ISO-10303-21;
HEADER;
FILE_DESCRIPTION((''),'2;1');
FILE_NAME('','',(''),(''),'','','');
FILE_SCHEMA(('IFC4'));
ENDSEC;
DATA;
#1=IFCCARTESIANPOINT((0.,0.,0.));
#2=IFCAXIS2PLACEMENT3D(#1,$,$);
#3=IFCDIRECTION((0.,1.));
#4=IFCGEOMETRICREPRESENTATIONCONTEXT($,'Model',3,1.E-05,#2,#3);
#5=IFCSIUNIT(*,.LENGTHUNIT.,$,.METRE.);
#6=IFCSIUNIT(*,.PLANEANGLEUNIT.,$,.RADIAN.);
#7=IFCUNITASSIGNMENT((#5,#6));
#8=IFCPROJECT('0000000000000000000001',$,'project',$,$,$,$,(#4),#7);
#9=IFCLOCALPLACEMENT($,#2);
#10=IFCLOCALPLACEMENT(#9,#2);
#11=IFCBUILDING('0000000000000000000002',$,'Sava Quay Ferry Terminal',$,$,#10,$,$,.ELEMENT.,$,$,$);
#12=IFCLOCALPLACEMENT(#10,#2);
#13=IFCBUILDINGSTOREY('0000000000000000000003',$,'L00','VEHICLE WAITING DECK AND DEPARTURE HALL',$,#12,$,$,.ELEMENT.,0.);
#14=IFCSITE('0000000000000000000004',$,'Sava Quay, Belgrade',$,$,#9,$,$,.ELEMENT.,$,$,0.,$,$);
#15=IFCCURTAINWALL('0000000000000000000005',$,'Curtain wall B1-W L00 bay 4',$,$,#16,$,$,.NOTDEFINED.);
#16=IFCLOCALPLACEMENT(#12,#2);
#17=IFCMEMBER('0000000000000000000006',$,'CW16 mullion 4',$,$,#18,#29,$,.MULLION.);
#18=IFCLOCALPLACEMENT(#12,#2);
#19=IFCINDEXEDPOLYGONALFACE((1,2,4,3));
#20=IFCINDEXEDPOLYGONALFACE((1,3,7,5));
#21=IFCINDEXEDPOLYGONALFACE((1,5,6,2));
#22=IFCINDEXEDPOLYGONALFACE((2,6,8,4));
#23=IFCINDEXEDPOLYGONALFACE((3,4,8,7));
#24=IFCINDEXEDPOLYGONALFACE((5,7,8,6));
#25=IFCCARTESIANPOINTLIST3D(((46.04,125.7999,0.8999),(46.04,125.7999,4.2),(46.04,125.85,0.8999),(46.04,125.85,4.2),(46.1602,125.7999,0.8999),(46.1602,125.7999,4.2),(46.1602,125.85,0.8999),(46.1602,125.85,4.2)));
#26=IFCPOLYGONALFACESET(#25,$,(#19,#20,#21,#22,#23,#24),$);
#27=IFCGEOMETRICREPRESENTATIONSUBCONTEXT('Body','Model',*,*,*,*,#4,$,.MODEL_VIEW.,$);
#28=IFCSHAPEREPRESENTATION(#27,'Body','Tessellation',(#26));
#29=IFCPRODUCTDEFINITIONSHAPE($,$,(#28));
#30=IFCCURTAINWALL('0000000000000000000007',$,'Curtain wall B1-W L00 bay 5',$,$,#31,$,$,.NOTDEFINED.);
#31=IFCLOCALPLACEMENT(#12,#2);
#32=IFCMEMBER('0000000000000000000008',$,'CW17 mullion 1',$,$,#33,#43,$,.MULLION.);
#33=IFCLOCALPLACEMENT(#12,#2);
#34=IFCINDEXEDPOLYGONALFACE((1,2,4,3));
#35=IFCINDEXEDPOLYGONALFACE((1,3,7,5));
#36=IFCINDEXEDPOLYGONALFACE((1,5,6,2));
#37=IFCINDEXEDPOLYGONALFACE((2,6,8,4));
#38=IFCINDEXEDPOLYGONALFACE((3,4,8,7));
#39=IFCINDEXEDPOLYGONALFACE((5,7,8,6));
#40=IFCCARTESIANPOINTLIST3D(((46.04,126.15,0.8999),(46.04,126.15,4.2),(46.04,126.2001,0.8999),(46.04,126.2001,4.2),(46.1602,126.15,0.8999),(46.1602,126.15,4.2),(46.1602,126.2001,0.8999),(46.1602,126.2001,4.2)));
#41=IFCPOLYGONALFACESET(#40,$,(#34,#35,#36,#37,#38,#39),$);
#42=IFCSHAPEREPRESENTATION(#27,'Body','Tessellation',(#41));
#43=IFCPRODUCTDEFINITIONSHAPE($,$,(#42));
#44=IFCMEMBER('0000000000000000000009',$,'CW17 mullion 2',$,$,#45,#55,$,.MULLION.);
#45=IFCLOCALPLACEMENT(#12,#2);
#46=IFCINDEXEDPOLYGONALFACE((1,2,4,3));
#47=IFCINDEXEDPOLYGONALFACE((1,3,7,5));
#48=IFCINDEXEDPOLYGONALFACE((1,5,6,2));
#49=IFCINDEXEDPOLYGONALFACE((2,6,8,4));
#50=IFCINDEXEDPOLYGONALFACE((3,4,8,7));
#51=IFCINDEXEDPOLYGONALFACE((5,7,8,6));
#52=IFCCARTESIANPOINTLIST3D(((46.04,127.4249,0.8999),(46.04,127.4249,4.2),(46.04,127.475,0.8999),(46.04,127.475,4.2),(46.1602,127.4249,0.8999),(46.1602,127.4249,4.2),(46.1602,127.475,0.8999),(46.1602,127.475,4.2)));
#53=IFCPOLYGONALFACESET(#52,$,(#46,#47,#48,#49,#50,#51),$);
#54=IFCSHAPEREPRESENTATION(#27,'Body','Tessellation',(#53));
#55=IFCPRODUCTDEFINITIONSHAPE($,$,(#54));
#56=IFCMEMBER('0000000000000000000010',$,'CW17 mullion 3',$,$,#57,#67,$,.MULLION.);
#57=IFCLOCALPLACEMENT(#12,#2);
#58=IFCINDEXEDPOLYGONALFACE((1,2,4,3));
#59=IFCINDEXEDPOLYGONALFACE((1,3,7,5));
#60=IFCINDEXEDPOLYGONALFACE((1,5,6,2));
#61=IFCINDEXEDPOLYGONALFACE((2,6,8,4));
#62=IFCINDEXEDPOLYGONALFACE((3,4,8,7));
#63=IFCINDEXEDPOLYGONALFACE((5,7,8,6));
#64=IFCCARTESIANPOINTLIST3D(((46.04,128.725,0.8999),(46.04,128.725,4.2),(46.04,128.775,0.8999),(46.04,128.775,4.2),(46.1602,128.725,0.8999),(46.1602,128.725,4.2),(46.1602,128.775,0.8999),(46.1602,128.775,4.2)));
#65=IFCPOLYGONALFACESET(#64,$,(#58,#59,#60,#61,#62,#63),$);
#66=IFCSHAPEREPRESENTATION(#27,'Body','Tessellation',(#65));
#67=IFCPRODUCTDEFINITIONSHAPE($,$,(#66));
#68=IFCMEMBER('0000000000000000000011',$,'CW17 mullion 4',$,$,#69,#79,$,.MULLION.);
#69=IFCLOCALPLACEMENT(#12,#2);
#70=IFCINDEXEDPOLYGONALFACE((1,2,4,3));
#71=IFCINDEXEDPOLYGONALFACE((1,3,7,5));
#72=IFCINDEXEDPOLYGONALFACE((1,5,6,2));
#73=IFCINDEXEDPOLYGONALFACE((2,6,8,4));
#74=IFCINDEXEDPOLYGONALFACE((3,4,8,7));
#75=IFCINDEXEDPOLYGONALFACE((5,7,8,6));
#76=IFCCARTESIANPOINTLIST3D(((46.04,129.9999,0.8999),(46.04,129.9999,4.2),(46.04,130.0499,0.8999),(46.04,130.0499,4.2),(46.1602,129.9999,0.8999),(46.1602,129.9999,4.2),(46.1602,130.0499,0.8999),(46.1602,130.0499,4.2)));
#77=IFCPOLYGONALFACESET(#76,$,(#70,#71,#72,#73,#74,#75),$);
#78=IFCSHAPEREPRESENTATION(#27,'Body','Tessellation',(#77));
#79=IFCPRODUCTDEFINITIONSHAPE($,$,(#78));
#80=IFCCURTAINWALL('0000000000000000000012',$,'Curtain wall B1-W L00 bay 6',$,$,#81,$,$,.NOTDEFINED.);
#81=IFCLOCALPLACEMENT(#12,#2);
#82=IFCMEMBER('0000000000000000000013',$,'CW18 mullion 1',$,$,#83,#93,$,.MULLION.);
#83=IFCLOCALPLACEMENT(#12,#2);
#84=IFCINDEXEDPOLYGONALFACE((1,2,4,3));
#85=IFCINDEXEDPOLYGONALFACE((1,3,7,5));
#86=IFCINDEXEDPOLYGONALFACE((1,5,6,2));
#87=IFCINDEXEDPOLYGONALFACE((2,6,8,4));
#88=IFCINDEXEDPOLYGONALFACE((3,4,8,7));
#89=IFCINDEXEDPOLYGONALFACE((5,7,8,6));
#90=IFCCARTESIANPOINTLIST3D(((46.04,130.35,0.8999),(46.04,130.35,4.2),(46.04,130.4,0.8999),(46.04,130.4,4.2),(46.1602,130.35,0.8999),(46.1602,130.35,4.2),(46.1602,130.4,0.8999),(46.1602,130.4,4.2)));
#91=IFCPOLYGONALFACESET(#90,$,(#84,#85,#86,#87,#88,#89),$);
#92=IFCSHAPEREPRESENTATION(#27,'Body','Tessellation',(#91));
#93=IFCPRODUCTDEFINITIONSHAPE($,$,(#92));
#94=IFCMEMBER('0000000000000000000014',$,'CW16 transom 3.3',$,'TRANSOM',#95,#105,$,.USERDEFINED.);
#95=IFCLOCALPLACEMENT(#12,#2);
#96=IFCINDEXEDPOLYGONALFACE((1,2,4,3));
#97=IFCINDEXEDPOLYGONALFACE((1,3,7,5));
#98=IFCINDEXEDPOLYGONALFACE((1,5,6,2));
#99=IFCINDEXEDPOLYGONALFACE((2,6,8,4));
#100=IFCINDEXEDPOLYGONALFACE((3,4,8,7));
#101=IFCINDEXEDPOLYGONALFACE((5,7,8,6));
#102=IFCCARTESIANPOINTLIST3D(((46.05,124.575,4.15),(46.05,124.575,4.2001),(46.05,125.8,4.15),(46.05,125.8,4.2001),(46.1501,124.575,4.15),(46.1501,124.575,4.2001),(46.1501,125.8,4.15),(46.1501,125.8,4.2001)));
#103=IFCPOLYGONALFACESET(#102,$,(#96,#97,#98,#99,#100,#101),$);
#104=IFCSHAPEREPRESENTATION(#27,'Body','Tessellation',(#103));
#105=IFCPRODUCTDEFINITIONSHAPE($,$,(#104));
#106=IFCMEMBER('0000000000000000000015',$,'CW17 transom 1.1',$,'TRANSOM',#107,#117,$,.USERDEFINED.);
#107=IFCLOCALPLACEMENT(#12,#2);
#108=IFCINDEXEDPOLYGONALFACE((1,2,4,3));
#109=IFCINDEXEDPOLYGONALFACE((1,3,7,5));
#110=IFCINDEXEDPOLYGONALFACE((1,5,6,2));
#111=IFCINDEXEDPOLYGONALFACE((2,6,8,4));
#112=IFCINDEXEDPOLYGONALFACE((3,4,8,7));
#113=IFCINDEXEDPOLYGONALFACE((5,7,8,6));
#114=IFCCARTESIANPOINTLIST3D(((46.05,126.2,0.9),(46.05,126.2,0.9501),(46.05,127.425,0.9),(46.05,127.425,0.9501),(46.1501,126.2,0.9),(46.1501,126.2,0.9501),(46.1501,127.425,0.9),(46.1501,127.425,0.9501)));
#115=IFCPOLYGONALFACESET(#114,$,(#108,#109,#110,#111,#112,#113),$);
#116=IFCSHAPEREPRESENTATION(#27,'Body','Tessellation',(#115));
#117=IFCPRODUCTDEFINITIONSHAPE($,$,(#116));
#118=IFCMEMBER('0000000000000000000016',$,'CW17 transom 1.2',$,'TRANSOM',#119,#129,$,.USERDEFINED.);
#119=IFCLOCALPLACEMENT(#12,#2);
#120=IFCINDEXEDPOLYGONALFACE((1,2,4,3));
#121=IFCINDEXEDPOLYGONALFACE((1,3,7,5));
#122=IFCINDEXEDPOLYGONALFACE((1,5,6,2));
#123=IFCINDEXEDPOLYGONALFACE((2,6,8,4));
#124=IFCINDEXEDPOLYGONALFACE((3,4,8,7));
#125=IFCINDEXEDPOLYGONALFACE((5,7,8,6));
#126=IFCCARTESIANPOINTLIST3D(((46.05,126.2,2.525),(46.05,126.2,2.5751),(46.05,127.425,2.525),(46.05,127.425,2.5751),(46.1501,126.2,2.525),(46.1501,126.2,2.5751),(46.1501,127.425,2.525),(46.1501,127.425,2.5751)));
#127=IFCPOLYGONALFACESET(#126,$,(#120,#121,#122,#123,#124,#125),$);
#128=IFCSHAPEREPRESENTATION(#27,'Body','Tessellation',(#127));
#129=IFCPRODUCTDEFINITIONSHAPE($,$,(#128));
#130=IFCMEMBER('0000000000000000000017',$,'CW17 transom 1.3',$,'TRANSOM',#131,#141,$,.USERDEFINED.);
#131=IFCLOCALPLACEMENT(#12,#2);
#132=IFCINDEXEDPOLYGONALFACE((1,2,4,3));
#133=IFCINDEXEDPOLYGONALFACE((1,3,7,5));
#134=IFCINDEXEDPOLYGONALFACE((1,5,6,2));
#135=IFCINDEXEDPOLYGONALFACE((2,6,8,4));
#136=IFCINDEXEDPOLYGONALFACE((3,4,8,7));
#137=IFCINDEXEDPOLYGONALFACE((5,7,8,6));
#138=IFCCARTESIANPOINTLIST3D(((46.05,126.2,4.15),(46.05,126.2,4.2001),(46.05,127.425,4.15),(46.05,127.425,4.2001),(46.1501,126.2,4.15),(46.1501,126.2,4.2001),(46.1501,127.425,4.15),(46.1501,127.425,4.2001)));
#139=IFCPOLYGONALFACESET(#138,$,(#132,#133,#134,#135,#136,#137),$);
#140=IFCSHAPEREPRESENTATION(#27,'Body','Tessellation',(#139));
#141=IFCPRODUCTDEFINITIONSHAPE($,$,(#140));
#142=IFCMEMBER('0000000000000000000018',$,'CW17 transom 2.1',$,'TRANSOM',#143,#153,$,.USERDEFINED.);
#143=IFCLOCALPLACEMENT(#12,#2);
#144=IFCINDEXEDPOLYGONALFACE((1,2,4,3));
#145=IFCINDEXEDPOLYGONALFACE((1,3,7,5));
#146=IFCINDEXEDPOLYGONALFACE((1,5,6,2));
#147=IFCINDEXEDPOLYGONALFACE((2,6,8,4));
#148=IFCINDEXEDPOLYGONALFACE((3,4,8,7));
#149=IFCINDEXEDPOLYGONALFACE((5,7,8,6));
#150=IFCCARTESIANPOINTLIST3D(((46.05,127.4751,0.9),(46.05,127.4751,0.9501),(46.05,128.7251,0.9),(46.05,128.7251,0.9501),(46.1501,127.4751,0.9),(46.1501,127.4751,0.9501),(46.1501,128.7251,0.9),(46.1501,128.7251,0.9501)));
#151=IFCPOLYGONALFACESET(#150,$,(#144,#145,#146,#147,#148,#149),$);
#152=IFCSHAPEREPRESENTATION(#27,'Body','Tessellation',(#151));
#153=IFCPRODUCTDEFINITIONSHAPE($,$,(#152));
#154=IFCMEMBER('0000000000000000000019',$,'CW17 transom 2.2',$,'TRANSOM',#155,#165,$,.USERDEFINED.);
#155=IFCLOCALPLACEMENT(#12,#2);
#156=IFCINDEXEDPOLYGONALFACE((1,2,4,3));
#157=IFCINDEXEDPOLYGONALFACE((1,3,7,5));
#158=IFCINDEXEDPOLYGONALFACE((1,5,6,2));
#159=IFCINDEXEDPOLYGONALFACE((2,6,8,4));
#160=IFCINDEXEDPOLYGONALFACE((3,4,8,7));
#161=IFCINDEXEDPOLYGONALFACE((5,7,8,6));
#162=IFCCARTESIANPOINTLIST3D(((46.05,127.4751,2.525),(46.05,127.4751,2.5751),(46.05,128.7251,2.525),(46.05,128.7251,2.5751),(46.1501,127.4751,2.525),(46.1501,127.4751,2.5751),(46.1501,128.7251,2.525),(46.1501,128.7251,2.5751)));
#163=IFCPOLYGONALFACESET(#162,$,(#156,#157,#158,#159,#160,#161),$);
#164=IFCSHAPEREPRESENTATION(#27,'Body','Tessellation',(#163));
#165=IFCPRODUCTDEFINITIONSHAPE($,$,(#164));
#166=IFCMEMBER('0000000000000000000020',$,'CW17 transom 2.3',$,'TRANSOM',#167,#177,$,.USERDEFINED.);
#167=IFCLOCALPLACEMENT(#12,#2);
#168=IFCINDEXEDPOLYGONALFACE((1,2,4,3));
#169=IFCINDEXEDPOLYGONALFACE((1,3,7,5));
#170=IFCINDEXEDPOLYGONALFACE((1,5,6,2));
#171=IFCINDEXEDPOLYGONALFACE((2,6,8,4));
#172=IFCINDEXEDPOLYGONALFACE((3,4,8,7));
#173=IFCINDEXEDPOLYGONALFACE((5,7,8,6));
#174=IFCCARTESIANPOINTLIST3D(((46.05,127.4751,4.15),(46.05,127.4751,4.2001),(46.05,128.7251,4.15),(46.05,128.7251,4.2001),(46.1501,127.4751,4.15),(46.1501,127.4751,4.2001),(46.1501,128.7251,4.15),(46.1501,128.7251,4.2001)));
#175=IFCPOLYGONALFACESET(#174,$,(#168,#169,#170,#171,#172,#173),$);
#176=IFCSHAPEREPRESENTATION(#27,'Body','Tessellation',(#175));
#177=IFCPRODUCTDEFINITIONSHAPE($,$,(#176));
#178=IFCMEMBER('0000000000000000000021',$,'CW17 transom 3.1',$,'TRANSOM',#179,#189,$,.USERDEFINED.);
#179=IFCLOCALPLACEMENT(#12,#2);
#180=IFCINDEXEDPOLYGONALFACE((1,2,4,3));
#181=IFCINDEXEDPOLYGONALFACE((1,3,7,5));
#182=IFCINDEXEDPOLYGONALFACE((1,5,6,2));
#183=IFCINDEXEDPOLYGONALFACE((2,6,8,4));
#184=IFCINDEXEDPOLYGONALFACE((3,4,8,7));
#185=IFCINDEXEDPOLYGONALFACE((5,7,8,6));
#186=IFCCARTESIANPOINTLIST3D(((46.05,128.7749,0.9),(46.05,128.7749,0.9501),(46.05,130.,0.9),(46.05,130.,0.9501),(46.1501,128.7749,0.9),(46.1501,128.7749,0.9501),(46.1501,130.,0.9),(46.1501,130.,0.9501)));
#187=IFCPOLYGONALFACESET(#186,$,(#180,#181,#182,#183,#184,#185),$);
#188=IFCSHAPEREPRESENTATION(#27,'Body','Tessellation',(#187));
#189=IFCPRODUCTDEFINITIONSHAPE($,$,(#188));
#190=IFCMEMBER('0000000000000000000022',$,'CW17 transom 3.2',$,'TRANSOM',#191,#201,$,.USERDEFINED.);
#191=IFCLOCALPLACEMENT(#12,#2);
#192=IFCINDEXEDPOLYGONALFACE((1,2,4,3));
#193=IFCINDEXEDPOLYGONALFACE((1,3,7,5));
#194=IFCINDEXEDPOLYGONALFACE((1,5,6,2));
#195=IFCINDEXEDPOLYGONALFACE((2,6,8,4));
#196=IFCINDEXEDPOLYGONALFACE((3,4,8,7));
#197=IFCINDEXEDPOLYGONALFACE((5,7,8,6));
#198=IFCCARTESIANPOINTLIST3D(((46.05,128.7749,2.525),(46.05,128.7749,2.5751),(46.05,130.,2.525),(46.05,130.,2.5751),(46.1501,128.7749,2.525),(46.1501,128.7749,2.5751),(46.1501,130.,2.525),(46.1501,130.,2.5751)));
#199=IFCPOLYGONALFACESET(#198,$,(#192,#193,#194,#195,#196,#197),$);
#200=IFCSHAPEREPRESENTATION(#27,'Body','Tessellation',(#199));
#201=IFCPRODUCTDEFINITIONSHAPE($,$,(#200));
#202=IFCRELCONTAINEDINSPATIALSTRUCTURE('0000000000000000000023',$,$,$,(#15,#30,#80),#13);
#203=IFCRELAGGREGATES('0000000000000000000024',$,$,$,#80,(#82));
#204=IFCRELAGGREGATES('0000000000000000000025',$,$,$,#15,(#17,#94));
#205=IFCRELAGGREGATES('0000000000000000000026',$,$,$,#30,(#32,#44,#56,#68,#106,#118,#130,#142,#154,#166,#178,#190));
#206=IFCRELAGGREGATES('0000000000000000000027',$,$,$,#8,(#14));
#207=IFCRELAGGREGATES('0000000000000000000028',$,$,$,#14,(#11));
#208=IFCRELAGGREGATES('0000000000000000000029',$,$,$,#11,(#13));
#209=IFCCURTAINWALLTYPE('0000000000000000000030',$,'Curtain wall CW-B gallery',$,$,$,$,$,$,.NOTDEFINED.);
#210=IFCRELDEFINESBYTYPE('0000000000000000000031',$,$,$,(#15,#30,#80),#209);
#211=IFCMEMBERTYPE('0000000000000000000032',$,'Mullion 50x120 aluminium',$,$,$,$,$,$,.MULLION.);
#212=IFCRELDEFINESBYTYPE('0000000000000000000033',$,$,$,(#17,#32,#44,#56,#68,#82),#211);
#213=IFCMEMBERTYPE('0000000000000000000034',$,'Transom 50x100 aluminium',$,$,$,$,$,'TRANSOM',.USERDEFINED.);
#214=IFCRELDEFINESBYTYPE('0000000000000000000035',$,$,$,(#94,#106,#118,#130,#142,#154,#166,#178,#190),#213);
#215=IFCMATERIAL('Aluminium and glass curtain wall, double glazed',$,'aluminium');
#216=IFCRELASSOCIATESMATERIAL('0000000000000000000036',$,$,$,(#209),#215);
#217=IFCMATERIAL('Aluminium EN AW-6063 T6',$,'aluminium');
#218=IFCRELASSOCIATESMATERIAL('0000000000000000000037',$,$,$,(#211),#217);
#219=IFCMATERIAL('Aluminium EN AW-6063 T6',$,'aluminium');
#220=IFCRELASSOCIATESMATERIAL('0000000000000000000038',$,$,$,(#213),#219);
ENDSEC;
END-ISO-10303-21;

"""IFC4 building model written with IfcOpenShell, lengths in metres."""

from ifc_helpers import new_model, si_unit, direction, frame, origin, origin_2d, place, context, subcontext, project, spatial, rectangle, extrude, material, material_profile, profile_set, type_object, element, aggregate, save


model = new_model("IFC4")

# Units and contexts
model_context = context("Model", 3, precision=1e-05, world=origin(), true_north=direction((0.0, 1.0)))
body_context = subcontext(model_context, "Body", "Model", "MODEL_VIEW")
ifc_project = project(units=[si_unit("LENGTHUNIT", "METRE"), si_unit("PLANEANGLEUNIT", "RADIAN")], contexts=[model_context])

# Site, building, storey
site_placement = place(None, origin())
site = spatial("IfcSite", under=ifc_project, at=site_placement, Name="Sava Quay, Belgrade", CompositionType="ELEMENT", RefElevation=0.0)
building_placement = place(site_placement, origin())
building = spatial("IfcBuilding", under=site, at=building_placement, Name="Sava Quay Ferry Terminal", CompositionType="ELEMENT")
storey_placement = place(building_placement, origin())
storey = spatial("IfcBuildingStorey", under=building, at=storey_placement, Name="L00", Description="VEHICLE WAITING DECK AND DEPARTURE HALL", CompositionType="ELEMENT", Elevation=0.0)

# Curtain wall, member
ifc_material_1 = material(Name="Aluminium and glass curtain wall, double glazed", Category="aluminium")
curtain_wall_type = type_object("IfcCurtainWallType", Name="Curtain wall CW-B gallery", PredefinedType="NOTDEFINED", material=ifc_material_1)
curtain_wall_1_placement = place(storey_placement, origin())
curtain_wall_1 = element("IfcCurtainWall", 1, at=curtain_wall_1_placement, inside=storey, type_object=curtain_wall_type, Name="Curtain wall B1-W L00 bay 4", PredefinedType="NOTDEFINED")
ifc_material_2 = material(Name="Aluminium EN AW-6063 T6", Category="aluminium")
ifc_material_profile_1 = material_profile(ifc_material_2, rectangle(XDim=0.1201, YDim=0.05, at=origin_2d()), Name="Mullion 50x120 aluminium")
ifc_profile_set_1 = profile_set([ifc_material_profile_1], Name="Aluminium EN AW-6063 T6")
member_type_1 = type_object("IfcMemberType", Name="Mullion 50x120 aluminium", PredefinedType="MULLION", material=ifc_profile_set_1)
member_1_placement = place(storey_placement, frame((46.1001, 125.825, 0.8999), z_axis=(0.0, 0.0, 1.0), x_axis=(-1.0, 0.0, 0.0)))
member_1 = element("IfcMember", 2, at=member_1_placement, type_object=member_type_1, Name="CW16 mullion 4", PredefinedType="MULLION", context=body_context, shape_type="SweptSolid", body=[
    extrude(rectangle(XDim=0.1201, YDim=0.05, at=origin_2d()), origin(), (0.0, 0.0, 1.0), 3.3),
])

# Curtain wall, members
curtain_wall_2_placement = place(storey_placement, origin())
curtain_wall_2 = element("IfcCurtainWall", 3, at=curtain_wall_2_placement, inside=storey, type_object=curtain_wall_type, Name="Curtain wall B1-W L00 bay 5", PredefinedType="NOTDEFINED")
member_2_placement = place(storey_placement, frame((46.1001, 126.175, 0.8999), z_axis=(0.0, 0.0, 1.0), x_axis=(-1.0, 0.0, 0.0)))
member_2 = element("IfcMember", 4, at=member_2_placement, type_object=member_type_1, Name="CW17 mullion 1", PredefinedType="MULLION", context=body_context, shape_type="SweptSolid", body=[
    extrude(rectangle(XDim=0.1201, YDim=0.05, at=origin_2d()), origin(), (0.0, 0.0, 1.0), 3.3),
])
member_3_placement = place(storey_placement, frame((46.1001, 127.45, 0.8999), z_axis=(0.0, 0.0, 1.0), x_axis=(-1.0, 0.0, 0.0)))
member_3 = element("IfcMember", 5, at=member_3_placement, type_object=member_type_1, Name="CW17 mullion 2", PredefinedType="MULLION", context=body_context, shape_type="SweptSolid", body=[
    extrude(rectangle(XDim=0.1201, YDim=0.05, at=origin_2d()), origin(), (0.0, 0.0, 1.0), 3.3),
])
member_4_placement = place(storey_placement, frame((46.1001, 128.75, 0.8999), z_axis=(0.0, 0.0, 1.0), x_axis=(-1.0, 0.0, 0.0)))
member_4 = element("IfcMember", 6, at=member_4_placement, type_object=member_type_1, Name="CW17 mullion 3", PredefinedType="MULLION", context=body_context, shape_type="SweptSolid", body=[
    extrude(rectangle(XDim=0.1201, YDim=0.05, at=origin_2d()), origin(), (0.0, 0.0, 1.0), 3.3),
])
member_5_placement = place(storey_placement, frame((46.1001, 130.0249, 0.8999), z_axis=(0.0, 0.0, 1.0), x_axis=(-1.0, 0.0, 0.0)))
member_5 = element("IfcMember", 7, at=member_5_placement, type_object=member_type_1, Name="CW17 mullion 4", PredefinedType="MULLION", context=body_context, shape_type="SweptSolid", body=[
    extrude(rectangle(XDim=0.1201, YDim=0.05, at=origin_2d()), origin(), (0.0, 0.0, 1.0), 3.3),
])

# Curtain wall, member
curtain_wall_3_placement = place(storey_placement, origin())
curtain_wall_3 = element("IfcCurtainWall", 8, at=curtain_wall_3_placement, inside=storey, type_object=curtain_wall_type, Name="Curtain wall B1-W L00 bay 6", PredefinedType="NOTDEFINED")
member_6_placement = place(storey_placement, frame((46.1001, 130.375, 0.8999), z_axis=(0.0, 0.0, 1.0), x_axis=(-1.0, 0.0, 0.0)))
member_6 = element("IfcMember", 9, at=member_6_placement, type_object=member_type_1, Name="CW18 mullion 1", PredefinedType="MULLION", context=body_context, shape_type="SweptSolid", body=[
    extrude(rectangle(XDim=0.1201, YDim=0.05, at=origin_2d()), origin(), (0.0, 0.0, 1.0), 3.3),
])

# Members
ifc_material_3 = material(Name="Aluminium EN AW-6063 T6", Category="aluminium")
ifc_material_profile_2 = material_profile(ifc_material_3, rectangle(XDim=0.1001, YDim=0.05, at=origin_2d()), Name="Transom 50x100 aluminium")
ifc_profile_set_2 = profile_set([ifc_material_profile_2], Name="Aluminium EN AW-6063 T6")
member_type_2 = type_object("IfcMemberType", Name="Transom 50x100 aluminium", ElementType="TRANSOM", PredefinedType="USERDEFINED", material=ifc_profile_set_2)
member_7_placement = place(storey_placement, frame((46.1001, 124.575, 4.175), z_axis=(0.0, 1.0, 0.0), x_axis=(-1.0, 0.0, 0.0)))
member_7 = element("IfcMember", 10, at=member_7_placement, type_object=member_type_2, Name="CW16 transom 3.3", ObjectType="TRANSOM", PredefinedType="USERDEFINED", context=body_context, shape_type="SweptSolid", body=[
    extrude(rectangle(XDim=0.1001, YDim=0.05, at=origin_2d()), origin(), (0.0, 0.0, 1.0), 1.2251),
])
member_8_placement = place(storey_placement, frame((46.1001, 126.2, 0.925), z_axis=(0.0, 1.0, 0.0), x_axis=(-1.0, 0.0, 0.0)))
member_8 = element("IfcMember", 11, at=member_8_placement, type_object=member_type_2, Name="CW17 transom 1.1", ObjectType="TRANSOM", PredefinedType="USERDEFINED", context=body_context, shape_type="SweptSolid", body=[
    extrude(rectangle(XDim=0.1001, YDim=0.05, at=origin_2d()), origin(), (0.0, 0.0, 1.0), 1.2251),
])
member_9_placement = place(storey_placement, frame((46.1001, 126.2, 2.55), z_axis=(0.0, 1.0, 0.0), x_axis=(-1.0, 0.0, 0.0)))
member_9 = element("IfcMember", 12, at=member_9_placement, type_object=member_type_2, Name="CW17 transom 1.2", ObjectType="TRANSOM", PredefinedType="USERDEFINED", context=body_context, shape_type="SweptSolid", body=[
    extrude(rectangle(XDim=0.1001, YDim=0.05, at=origin_2d()), origin(), (0.0, 0.0, 1.0), 1.2251),
])
member_10_placement = place(storey_placement, frame((46.1001, 126.2, 4.175), z_axis=(0.0, 1.0, 0.0), x_axis=(-1.0, 0.0, 0.0)))
member_10 = element("IfcMember", 13, at=member_10_placement, type_object=member_type_2, Name="CW17 transom 1.3", ObjectType="TRANSOM", PredefinedType="USERDEFINED", context=body_context, shape_type="SweptSolid", body=[
    extrude(rectangle(XDim=0.1001, YDim=0.05, at=origin_2d()), origin(), (0.0, 0.0, 1.0), 1.2251),
])
member_11_placement = place(storey_placement, frame((46.1001, 127.4751, 0.925), z_axis=(0.0, 1.0, 0.0), x_axis=(-1.0, 0.0, 0.0)))
member_11 = element("IfcMember", 14, at=member_11_placement, type_object=member_type_2, Name="CW17 transom 2.1", ObjectType="TRANSOM", PredefinedType="USERDEFINED", context=body_context, shape_type="SweptSolid", body=[
    extrude(rectangle(XDim=0.1001, YDim=0.05, at=origin_2d()), origin(), (0.0, 0.0, 1.0), 1.25),
])
member_12_placement = place(storey_placement, frame((46.1001, 127.4751, 2.55), z_axis=(0.0, 1.0, 0.0), x_axis=(-1.0, 0.0, 0.0)))
member_12 = element("IfcMember", 15, at=member_12_placement, type_object=member_type_2, Name="CW17 transom 2.2", ObjectType="TRANSOM", PredefinedType="USERDEFINED", context=body_context, shape_type="SweptSolid", body=[
    extrude(rectangle(XDim=0.1001, YDim=0.05, at=origin_2d()), origin(), (0.0, 0.0, 1.0), 1.25),
])
member_13_placement = place(storey_placement, frame((46.1001, 127.4751, 4.175), z_axis=(0.0, 1.0, 0.0), x_axis=(-1.0, 0.0, 0.0)))
member_13 = element("IfcMember", 16, at=member_13_placement, type_object=member_type_2, Name="CW17 transom 2.3", ObjectType="TRANSOM", PredefinedType="USERDEFINED", context=body_context, shape_type="SweptSolid", body=[
    extrude(rectangle(XDim=0.1001, YDim=0.05, at=origin_2d()), origin(), (0.0, 0.0, 1.0), 1.25),
])
member_14_placement = place(storey_placement, frame((46.1001, 128.7749, 0.925), z_axis=(0.0, 1.0, 0.0), x_axis=(-1.0, 0.0, 0.0)))
member_14 = element("IfcMember", 17, at=member_14_placement, type_object=member_type_2, Name="CW17 transom 3.1", ObjectType="TRANSOM", PredefinedType="USERDEFINED", context=body_context, shape_type="SweptSolid", body=[
    extrude(rectangle(XDim=0.1001, YDim=0.05, at=origin_2d()), origin(), (0.0, 0.0, 1.0), 1.2251),
])
member_15_placement = place(storey_placement, frame((46.1001, 128.7749, 2.55), z_axis=(0.0, 1.0, 0.0), x_axis=(-1.0, 0.0, 0.0)))
member_15 = element("IfcMember", 18, at=member_15_placement, type_object=member_type_2, Name="CW17 transom 3.2", ObjectType="TRANSOM", PredefinedType="USERDEFINED", context=body_context, shape_type="SweptSolid", body=[
    extrude(rectangle(XDim=0.1001, YDim=0.05, at=origin_2d()), origin(), (0.0, 0.0, 1.0), 1.2251),
])
aggregate(curtain_wall_3, [member_6])

aggregate(curtain_wall_1, [member_1, member_7])
aggregate(curtain_wall_2, [member_2, member_3, member_4, member_5, member_8, member_9, member_10, member_11, member_12, member_13, member_14, member_15])

save(model, "model.ifc")
